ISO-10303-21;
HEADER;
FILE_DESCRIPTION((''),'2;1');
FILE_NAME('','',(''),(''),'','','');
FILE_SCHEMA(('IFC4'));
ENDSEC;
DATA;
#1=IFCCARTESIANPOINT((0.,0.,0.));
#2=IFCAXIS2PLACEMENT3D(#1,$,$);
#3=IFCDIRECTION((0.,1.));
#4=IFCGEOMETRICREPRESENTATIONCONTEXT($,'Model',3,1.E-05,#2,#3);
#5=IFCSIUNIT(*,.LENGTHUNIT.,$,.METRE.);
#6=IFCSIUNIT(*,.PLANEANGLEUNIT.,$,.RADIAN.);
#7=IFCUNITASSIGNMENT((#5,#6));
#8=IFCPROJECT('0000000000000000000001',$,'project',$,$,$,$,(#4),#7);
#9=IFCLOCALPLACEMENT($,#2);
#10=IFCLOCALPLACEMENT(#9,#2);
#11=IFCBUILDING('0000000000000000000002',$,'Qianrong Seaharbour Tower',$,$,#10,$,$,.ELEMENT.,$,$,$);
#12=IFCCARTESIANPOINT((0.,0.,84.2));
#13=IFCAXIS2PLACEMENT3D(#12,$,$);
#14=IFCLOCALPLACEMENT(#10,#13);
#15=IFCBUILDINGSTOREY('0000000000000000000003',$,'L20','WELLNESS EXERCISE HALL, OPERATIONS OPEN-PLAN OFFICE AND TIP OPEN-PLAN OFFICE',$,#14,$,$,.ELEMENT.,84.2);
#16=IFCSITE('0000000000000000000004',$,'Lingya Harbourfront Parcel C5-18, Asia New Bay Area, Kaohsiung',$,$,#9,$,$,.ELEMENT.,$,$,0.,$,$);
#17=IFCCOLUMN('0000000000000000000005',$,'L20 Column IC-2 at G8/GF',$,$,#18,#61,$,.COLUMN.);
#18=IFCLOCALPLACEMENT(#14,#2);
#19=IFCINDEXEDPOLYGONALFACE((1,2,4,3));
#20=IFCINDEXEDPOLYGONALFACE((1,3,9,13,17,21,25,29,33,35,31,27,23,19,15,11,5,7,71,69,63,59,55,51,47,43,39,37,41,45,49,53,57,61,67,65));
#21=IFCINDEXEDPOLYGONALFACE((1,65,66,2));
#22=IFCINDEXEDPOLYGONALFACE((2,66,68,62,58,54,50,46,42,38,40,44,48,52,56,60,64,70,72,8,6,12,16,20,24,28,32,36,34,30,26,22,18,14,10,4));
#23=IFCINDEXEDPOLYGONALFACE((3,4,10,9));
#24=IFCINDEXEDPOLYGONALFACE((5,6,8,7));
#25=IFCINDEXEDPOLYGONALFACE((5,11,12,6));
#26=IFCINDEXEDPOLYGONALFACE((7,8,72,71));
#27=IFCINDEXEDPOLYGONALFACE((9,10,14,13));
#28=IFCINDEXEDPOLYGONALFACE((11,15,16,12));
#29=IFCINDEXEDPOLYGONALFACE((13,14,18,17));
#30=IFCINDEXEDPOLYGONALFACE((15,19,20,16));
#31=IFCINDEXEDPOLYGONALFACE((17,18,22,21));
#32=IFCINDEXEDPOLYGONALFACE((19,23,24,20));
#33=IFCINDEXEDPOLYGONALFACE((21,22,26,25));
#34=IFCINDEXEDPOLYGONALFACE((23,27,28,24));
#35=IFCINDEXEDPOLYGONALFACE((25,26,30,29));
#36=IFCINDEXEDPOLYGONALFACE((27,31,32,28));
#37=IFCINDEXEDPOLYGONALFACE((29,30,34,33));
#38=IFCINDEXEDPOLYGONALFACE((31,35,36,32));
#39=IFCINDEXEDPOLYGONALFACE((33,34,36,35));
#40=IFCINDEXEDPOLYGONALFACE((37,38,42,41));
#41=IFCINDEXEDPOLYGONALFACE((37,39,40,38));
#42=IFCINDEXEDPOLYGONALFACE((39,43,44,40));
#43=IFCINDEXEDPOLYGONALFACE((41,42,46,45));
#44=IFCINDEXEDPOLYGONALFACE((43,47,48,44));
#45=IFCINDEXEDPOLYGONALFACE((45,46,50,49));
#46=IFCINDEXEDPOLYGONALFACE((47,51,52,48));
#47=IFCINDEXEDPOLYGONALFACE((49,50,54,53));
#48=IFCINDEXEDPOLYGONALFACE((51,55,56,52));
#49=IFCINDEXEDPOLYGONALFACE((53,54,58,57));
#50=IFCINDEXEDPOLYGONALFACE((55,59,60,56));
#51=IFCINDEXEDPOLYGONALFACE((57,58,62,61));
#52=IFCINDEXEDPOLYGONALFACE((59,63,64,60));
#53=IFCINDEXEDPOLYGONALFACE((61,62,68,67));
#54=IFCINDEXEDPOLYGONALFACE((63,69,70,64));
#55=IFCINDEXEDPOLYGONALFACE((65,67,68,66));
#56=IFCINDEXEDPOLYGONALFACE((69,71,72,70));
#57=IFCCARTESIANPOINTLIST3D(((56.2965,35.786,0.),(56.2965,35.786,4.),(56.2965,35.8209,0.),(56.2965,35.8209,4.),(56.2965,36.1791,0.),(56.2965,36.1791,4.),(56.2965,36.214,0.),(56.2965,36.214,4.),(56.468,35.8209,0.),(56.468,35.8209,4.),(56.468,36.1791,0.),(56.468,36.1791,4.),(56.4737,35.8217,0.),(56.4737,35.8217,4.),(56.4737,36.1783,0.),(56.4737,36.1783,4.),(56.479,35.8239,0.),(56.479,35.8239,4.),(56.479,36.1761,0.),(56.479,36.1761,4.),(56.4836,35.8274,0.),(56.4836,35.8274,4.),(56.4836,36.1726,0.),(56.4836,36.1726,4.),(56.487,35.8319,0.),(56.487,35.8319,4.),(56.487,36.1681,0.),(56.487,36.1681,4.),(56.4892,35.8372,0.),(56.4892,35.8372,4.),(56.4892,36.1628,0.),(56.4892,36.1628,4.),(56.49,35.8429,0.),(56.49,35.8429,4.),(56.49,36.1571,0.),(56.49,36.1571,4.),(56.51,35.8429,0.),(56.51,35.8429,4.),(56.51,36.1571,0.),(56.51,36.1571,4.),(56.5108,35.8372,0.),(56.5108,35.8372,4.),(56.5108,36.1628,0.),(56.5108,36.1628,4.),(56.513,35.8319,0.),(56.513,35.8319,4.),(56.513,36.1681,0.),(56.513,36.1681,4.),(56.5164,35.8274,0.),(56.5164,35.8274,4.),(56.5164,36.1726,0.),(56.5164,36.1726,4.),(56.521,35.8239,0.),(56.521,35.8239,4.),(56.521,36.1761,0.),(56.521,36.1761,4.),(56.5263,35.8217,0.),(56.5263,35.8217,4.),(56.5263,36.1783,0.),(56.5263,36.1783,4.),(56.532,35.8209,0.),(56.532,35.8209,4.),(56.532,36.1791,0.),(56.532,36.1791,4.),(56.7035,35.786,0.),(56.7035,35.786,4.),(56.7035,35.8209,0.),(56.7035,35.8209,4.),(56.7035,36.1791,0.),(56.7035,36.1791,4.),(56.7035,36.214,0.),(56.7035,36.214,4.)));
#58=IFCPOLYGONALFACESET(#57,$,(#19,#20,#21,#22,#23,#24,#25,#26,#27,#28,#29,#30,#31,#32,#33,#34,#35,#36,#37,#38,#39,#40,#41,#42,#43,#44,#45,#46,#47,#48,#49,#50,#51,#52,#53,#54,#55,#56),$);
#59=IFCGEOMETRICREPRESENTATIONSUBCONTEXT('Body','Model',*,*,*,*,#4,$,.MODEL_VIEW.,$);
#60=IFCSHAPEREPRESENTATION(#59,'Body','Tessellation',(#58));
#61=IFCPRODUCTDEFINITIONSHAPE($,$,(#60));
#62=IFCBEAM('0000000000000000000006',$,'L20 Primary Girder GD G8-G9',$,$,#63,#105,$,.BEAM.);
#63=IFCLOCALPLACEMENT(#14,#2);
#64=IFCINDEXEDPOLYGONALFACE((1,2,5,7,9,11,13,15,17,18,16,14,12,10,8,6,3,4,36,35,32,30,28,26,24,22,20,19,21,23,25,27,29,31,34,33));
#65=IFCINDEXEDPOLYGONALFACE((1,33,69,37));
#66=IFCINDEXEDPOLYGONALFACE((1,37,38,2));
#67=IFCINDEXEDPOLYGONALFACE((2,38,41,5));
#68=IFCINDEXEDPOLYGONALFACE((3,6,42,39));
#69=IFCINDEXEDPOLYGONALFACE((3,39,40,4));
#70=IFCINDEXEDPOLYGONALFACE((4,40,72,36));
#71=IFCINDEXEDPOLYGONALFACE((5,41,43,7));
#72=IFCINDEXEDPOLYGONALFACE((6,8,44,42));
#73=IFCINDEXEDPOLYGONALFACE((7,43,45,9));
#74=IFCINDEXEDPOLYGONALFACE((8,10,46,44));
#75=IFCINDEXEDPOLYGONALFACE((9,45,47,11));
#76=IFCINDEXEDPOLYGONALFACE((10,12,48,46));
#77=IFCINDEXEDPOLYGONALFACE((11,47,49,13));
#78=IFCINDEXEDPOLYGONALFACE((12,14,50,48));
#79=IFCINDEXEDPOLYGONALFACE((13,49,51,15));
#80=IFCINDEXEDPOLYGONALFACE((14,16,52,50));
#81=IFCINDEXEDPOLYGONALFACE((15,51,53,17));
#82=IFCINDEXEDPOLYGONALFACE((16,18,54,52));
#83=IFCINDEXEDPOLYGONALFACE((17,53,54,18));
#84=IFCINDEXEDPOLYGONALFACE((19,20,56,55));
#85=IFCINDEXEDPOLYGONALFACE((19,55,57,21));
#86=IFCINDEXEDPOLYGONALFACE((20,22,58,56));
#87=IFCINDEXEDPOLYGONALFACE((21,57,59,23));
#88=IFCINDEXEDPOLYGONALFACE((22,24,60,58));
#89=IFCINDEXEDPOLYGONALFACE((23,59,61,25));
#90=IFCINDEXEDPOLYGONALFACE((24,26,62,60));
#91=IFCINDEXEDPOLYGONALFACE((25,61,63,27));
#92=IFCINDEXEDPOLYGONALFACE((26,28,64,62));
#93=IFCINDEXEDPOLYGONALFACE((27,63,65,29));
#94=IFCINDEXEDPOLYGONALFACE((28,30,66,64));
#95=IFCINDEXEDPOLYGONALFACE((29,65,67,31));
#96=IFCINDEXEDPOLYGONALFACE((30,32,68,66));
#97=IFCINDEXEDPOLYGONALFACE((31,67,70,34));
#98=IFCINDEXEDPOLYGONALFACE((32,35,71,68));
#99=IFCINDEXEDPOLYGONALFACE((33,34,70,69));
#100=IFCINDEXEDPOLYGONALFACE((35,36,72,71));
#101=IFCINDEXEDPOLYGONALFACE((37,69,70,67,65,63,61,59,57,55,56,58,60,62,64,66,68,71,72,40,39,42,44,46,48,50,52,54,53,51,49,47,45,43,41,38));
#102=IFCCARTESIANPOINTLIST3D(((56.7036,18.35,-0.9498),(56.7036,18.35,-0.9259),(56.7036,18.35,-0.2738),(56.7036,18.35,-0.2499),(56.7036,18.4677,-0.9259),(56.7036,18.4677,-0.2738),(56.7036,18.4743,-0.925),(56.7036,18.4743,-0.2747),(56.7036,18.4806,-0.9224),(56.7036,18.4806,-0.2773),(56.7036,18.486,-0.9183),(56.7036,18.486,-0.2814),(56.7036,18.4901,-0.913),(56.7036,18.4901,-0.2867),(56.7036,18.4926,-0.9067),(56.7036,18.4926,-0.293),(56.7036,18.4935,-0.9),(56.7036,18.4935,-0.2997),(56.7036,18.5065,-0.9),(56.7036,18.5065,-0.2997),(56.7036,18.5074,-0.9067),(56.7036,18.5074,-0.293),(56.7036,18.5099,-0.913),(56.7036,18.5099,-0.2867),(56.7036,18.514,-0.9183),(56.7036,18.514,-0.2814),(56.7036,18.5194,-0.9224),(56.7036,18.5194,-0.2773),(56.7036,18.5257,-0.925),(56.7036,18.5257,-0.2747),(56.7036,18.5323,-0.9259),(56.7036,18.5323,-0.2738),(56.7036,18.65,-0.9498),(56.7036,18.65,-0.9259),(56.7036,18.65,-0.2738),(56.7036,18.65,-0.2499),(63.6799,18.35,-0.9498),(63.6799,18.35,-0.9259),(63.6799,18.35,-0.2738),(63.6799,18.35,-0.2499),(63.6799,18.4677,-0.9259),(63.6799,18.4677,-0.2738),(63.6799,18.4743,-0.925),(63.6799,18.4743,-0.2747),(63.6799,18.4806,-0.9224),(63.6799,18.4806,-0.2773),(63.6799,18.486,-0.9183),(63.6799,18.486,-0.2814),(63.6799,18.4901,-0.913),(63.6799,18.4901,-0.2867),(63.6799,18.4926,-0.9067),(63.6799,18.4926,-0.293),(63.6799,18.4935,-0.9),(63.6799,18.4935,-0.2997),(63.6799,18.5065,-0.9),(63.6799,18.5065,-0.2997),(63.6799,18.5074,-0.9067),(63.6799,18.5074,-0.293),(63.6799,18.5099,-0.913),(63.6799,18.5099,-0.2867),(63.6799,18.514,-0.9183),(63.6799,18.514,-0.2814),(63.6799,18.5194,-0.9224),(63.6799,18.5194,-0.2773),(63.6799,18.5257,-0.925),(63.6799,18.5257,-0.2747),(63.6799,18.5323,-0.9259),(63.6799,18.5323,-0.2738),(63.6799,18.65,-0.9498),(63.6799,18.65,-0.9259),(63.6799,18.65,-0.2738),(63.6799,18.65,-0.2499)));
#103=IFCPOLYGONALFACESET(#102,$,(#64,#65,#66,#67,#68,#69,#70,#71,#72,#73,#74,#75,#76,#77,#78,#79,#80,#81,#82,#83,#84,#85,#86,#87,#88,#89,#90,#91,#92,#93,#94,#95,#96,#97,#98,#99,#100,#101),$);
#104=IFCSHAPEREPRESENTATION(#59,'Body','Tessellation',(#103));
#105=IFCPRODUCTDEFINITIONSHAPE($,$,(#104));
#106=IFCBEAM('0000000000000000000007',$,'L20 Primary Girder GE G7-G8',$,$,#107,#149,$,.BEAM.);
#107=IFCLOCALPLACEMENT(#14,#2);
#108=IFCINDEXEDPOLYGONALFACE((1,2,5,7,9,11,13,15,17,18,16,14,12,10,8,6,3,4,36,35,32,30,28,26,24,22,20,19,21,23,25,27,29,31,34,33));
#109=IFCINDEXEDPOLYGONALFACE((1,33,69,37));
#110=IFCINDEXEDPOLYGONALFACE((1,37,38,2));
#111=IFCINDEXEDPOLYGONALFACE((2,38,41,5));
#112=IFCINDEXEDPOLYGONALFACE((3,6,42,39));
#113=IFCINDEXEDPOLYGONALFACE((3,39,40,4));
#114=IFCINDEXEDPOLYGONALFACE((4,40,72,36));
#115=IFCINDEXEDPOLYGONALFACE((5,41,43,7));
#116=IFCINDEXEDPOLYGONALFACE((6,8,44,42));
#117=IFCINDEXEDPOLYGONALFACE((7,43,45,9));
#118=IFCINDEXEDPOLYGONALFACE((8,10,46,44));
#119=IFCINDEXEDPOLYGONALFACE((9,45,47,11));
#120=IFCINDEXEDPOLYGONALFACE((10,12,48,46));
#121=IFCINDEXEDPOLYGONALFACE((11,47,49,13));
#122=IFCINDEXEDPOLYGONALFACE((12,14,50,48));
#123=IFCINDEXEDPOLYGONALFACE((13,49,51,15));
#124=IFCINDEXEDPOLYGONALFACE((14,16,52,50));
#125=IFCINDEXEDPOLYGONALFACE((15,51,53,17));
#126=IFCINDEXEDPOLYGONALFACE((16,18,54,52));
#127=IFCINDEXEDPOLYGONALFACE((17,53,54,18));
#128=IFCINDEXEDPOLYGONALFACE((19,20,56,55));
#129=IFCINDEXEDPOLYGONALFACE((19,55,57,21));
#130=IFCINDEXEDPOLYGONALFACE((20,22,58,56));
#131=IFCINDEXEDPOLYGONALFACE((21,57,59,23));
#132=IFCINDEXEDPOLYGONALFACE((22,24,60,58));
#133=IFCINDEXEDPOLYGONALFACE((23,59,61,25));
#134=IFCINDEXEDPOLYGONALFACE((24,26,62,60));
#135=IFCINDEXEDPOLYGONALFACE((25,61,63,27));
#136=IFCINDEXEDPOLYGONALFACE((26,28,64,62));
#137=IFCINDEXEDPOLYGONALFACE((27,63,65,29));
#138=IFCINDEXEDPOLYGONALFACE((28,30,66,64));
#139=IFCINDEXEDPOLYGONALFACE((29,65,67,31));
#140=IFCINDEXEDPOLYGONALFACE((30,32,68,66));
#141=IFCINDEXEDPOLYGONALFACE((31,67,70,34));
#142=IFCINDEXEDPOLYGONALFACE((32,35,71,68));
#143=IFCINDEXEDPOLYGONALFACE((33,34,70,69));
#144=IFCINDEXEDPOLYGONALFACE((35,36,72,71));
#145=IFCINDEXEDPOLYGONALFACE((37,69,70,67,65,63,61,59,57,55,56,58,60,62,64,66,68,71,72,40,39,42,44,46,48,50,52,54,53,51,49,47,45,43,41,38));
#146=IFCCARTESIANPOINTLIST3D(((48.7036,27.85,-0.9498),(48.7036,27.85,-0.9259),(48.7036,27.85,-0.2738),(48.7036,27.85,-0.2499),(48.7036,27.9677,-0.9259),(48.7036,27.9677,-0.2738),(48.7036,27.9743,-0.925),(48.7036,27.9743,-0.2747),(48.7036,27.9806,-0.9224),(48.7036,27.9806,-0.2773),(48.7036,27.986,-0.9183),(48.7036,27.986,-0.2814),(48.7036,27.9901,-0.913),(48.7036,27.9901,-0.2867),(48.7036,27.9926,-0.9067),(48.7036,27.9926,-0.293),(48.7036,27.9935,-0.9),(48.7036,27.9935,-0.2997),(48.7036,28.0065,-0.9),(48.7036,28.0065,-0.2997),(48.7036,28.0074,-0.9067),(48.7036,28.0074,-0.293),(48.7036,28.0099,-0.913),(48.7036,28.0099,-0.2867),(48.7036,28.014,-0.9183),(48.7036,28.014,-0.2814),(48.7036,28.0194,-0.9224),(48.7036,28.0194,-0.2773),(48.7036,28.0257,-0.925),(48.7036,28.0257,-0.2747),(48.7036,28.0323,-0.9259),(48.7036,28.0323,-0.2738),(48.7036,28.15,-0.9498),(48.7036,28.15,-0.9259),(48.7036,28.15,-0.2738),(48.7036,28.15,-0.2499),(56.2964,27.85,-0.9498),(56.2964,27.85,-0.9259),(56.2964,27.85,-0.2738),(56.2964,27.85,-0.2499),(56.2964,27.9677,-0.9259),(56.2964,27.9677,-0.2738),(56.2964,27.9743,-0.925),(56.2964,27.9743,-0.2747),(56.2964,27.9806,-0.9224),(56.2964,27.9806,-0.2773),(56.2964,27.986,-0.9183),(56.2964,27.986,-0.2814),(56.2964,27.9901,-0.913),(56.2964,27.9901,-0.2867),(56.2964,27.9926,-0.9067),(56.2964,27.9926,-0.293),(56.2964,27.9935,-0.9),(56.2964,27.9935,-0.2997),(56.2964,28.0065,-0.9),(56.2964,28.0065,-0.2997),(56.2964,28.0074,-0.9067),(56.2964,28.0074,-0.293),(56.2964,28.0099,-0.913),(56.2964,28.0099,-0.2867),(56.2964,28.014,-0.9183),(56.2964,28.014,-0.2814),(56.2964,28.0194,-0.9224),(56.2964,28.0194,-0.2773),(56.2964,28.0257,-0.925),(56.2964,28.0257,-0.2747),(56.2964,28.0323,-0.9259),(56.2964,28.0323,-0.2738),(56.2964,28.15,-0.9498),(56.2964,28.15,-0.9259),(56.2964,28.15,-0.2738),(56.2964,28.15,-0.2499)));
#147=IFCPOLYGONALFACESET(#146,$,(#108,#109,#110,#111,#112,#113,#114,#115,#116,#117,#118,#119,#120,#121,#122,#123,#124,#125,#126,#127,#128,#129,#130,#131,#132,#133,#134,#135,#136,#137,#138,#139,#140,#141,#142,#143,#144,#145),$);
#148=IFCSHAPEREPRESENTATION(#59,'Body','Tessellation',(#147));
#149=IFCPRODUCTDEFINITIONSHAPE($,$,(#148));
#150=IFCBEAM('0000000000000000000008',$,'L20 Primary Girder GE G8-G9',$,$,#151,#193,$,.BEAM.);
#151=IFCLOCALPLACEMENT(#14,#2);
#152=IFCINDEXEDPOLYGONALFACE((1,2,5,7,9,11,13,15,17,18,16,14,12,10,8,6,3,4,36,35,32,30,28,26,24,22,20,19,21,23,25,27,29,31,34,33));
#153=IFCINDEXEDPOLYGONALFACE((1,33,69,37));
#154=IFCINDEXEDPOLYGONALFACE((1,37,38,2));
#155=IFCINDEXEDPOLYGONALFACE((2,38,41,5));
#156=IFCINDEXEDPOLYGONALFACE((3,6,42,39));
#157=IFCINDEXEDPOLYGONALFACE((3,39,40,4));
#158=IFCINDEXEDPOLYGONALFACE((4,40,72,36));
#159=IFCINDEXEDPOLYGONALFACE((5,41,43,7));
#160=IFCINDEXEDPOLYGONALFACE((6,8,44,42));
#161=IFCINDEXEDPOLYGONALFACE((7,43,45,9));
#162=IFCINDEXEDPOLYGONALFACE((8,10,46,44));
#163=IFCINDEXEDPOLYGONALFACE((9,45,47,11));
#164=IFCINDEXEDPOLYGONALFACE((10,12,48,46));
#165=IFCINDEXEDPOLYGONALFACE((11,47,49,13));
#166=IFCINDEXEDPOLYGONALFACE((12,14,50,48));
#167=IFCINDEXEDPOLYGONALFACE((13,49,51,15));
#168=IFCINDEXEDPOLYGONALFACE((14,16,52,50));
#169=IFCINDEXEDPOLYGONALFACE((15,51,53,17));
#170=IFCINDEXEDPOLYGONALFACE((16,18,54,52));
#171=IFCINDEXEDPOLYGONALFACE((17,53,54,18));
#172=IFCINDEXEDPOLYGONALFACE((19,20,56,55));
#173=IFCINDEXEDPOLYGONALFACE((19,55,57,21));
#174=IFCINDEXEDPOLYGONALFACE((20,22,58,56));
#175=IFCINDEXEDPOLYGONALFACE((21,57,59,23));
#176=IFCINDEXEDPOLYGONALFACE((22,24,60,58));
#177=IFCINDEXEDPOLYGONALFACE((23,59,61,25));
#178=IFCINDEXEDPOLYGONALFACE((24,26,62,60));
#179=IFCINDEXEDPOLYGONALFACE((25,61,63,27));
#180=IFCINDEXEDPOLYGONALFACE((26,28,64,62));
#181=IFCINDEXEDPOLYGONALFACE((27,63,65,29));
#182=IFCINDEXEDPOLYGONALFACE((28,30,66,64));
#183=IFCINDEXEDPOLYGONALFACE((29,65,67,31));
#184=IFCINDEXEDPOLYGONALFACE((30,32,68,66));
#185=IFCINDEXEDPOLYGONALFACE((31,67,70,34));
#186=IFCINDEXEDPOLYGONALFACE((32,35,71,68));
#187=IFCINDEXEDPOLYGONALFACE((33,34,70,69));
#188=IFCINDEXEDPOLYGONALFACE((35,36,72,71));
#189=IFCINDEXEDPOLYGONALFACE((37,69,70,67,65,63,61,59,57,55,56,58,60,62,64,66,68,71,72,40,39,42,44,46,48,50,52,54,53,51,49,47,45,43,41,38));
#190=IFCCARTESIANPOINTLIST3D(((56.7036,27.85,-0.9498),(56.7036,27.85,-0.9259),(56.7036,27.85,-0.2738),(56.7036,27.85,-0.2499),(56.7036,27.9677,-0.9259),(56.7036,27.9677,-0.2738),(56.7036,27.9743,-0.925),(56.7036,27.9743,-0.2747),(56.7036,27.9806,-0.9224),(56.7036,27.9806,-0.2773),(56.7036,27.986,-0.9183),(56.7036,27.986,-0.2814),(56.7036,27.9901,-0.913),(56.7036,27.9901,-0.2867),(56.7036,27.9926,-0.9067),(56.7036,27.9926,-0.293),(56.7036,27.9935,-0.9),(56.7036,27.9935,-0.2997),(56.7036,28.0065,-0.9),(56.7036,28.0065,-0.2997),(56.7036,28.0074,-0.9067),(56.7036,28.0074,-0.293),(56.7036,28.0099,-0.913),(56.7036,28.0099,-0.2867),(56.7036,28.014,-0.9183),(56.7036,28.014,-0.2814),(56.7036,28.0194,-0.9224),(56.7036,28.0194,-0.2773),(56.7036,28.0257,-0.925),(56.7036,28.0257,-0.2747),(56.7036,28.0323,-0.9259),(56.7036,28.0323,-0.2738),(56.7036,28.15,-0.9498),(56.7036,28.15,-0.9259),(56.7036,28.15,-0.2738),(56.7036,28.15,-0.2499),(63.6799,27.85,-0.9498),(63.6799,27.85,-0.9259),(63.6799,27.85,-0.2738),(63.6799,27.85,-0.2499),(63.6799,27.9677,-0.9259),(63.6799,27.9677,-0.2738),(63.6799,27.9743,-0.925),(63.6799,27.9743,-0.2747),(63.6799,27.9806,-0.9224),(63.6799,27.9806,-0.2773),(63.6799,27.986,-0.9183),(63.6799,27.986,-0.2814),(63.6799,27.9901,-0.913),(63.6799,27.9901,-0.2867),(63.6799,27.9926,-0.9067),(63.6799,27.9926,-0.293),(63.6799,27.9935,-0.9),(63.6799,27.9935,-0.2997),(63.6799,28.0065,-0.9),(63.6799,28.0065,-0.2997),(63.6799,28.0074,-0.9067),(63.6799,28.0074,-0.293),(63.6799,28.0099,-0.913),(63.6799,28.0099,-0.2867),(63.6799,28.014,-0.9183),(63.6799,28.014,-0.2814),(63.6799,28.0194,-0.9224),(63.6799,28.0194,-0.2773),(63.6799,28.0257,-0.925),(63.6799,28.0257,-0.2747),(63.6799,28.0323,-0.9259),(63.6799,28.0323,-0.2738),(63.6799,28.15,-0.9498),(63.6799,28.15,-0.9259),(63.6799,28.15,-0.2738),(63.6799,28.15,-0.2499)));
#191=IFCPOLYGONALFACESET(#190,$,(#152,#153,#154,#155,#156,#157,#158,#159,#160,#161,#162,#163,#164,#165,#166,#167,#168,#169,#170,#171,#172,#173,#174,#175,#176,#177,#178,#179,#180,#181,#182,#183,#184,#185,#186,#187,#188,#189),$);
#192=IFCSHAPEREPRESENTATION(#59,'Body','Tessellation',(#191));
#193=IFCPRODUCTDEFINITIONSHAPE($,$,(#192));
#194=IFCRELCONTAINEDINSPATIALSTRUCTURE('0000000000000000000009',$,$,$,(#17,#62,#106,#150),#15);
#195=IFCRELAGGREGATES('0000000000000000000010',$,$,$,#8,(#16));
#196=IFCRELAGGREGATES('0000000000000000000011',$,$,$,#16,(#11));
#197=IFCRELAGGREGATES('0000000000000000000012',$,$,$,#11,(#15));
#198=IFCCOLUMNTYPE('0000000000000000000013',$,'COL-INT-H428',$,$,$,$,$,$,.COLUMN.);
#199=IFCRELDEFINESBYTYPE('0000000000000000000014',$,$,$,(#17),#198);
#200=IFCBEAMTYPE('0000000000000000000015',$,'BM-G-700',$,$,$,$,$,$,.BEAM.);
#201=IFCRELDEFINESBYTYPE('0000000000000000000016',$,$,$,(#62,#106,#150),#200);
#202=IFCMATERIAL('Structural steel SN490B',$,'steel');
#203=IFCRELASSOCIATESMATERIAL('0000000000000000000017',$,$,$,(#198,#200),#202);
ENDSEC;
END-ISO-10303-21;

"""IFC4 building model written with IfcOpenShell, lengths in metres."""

from ifc_helpers import new_model, si_unit, direction, frame, origin, origin_2d, place, context, subcontext, project, spatial, i_section, extrude, material, material_profile, profile_set, type_object, element, save


model = new_model("IFC4")

# Units and contexts
model_context = context("Model", 3, precision=1e-05, world=origin(), true_north=direction((0.0, 1.0)))
body_context = subcontext(model_context, "Body", "Model", "MODEL_VIEW")
ifc_project = project(units=[si_unit("LENGTHUNIT", "METRE"), si_unit("PLANEANGLEUNIT", "RADIAN")], contexts=[model_context])

# Site, building, storey
site_placement = place(None, origin())
site = spatial("IfcSite", under=ifc_project, at=site_placement, Name="Lingya Harbourfront Parcel C5-18, Asia New Bay Area, Kaohsiung", CompositionType="ELEMENT", RefElevation=0.0)
building_placement = place(site_placement, origin())
building = spatial("IfcBuilding", under=site, at=building_placement, Name="Qianrong Seaharbour Tower", CompositionType="ELEMENT")
storey_placement = place(building_placement, frame((0.0, 0.0, 84.2)))
storey = spatial("IfcBuildingStorey", under=building, at=storey_placement, Name="L20", Description="WELLNESS EXERCISE HALL, OPERATIONS OPEN-PLAN OFFICE AND TIP OPEN-PLAN OFFICE", CompositionType="ELEMENT", Elevation=84.2)

# Column
ifc_material_1 = material(Name="Structural steel SN490B", Category="steel")
ifc_material_profile_1 = material_profile(ifc_material_1, i_section(OverallWidth=0.407, OverallDepth=0.428, WebThickness=0.02, FlangeThickness=0.0349, FilletRadius=0.022, at=origin_2d()), Name="H428x407x20x35")
ifc_profile_set_1 = profile_set([ifc_material_profile_1], Name="Structural steel SN490B")
column_type_1 = type_object("IfcColumnType", Name="COL-INT-H428", PredefinedType="COLUMN", material=ifc_profile_set_1)
for number, where, z_axis, x_axis, name in (
    (1, (56.5, 36.0, 0.0), (0.0, 0.0, 1.0), (1.0, 0.0, 0.0), "L20 Column IC-2 at G8/GF"),
):
    element("IfcColumn", number, at=place(storey_placement, frame(where, z_axis=z_axis, x_axis=x_axis)), inside=storey, type_object=column_type_1, Name=name, PredefinedType="COLUMN", context=body_context, shape_type="SweptSolid", body=[
        extrude(i_section(OverallWidth=0.407, OverallDepth=0.428, WebThickness=0.02, FlangeThickness=0.0349, FilletRadius=0.022, at=origin_2d()), origin(), (0.0, 0.0, 1.0), 4.0),
    ])

# Beams
ifc_material_profile_2 = material_profile(ifc_material_1, i_section(OverallWidth=0.3, OverallDepth=0.7, WebThickness=0.0129, FlangeThickness=0.0239, FilletRadius=0.0259, at=origin_2d()), Name="H700x300x13x24")
ifc_profile_set_2 = profile_set([ifc_material_profile_2], Name="Structural steel SN490B")
beam_type_1 = type_object("IfcBeamType", Name="BM-G-700", PredefinedType="BEAM", material=ifc_profile_set_2)
beam_1_placement = place(storey_placement, frame((56.7036, 18.5, -0.5999), z_axis=(1.0, 0.0, 0.0), x_axis=(0.0, 1.0, 0.0)))
element("IfcBeam", 2, at=beam_1_placement, inside=storey, type_object=beam_type_1, Name="L20 Primary Girder GD G8-G9", PredefinedType="BEAM", context=body_context, shape_type="SweptSolid", body=[
    extrude(i_section(OverallWidth=0.3, OverallDepth=0.7, WebThickness=0.0129, FlangeThickness=0.0239, FilletRadius=0.0259, at=origin_2d()), origin(), (0.0, 0.0, 1.0), 6.9763),
])
beam_2_placement = place(storey_placement, frame((48.7036, 28.0, -0.5999), z_axis=(1.0, 0.0, 0.0), x_axis=(0.0, 1.0, 0.0)))
element("IfcBeam", 3, at=beam_2_placement, inside=storey, type_object=beam_type_1, Name="L20 Primary Girder GE G7-G8", PredefinedType="BEAM", context=body_context, shape_type="SweptSolid", body=[
    extrude(i_section(OverallWidth=0.3, OverallDepth=0.7, WebThickness=0.0129, FlangeThickness=0.0239, FilletRadius=0.0259, at=origin_2d()), origin(), (0.0, 0.0, 1.0), 7.5928),
])
beam_3_placement = place(storey_placement, frame((56.7036, 28.0, -0.5999), z_axis=(1.0, 0.0, 0.0), x_axis=(0.0, 1.0, 0.0)))
element("IfcBeam", 4, at=beam_3_placement, inside=storey, type_object=beam_type_1, Name="L20 Primary Girder GE G8-G9", PredefinedType="BEAM", context=body_context, shape_type="SweptSolid", body=[
    extrude(i_section(OverallWidth=0.3, OverallDepth=0.7, WebThickness=0.0129, FlangeThickness=0.0239, FilletRadius=0.0259, at=origin_2d()), origin(), (0.0, 0.0, 1.0), 6.9763),
])

save(model, "model.ifc")
